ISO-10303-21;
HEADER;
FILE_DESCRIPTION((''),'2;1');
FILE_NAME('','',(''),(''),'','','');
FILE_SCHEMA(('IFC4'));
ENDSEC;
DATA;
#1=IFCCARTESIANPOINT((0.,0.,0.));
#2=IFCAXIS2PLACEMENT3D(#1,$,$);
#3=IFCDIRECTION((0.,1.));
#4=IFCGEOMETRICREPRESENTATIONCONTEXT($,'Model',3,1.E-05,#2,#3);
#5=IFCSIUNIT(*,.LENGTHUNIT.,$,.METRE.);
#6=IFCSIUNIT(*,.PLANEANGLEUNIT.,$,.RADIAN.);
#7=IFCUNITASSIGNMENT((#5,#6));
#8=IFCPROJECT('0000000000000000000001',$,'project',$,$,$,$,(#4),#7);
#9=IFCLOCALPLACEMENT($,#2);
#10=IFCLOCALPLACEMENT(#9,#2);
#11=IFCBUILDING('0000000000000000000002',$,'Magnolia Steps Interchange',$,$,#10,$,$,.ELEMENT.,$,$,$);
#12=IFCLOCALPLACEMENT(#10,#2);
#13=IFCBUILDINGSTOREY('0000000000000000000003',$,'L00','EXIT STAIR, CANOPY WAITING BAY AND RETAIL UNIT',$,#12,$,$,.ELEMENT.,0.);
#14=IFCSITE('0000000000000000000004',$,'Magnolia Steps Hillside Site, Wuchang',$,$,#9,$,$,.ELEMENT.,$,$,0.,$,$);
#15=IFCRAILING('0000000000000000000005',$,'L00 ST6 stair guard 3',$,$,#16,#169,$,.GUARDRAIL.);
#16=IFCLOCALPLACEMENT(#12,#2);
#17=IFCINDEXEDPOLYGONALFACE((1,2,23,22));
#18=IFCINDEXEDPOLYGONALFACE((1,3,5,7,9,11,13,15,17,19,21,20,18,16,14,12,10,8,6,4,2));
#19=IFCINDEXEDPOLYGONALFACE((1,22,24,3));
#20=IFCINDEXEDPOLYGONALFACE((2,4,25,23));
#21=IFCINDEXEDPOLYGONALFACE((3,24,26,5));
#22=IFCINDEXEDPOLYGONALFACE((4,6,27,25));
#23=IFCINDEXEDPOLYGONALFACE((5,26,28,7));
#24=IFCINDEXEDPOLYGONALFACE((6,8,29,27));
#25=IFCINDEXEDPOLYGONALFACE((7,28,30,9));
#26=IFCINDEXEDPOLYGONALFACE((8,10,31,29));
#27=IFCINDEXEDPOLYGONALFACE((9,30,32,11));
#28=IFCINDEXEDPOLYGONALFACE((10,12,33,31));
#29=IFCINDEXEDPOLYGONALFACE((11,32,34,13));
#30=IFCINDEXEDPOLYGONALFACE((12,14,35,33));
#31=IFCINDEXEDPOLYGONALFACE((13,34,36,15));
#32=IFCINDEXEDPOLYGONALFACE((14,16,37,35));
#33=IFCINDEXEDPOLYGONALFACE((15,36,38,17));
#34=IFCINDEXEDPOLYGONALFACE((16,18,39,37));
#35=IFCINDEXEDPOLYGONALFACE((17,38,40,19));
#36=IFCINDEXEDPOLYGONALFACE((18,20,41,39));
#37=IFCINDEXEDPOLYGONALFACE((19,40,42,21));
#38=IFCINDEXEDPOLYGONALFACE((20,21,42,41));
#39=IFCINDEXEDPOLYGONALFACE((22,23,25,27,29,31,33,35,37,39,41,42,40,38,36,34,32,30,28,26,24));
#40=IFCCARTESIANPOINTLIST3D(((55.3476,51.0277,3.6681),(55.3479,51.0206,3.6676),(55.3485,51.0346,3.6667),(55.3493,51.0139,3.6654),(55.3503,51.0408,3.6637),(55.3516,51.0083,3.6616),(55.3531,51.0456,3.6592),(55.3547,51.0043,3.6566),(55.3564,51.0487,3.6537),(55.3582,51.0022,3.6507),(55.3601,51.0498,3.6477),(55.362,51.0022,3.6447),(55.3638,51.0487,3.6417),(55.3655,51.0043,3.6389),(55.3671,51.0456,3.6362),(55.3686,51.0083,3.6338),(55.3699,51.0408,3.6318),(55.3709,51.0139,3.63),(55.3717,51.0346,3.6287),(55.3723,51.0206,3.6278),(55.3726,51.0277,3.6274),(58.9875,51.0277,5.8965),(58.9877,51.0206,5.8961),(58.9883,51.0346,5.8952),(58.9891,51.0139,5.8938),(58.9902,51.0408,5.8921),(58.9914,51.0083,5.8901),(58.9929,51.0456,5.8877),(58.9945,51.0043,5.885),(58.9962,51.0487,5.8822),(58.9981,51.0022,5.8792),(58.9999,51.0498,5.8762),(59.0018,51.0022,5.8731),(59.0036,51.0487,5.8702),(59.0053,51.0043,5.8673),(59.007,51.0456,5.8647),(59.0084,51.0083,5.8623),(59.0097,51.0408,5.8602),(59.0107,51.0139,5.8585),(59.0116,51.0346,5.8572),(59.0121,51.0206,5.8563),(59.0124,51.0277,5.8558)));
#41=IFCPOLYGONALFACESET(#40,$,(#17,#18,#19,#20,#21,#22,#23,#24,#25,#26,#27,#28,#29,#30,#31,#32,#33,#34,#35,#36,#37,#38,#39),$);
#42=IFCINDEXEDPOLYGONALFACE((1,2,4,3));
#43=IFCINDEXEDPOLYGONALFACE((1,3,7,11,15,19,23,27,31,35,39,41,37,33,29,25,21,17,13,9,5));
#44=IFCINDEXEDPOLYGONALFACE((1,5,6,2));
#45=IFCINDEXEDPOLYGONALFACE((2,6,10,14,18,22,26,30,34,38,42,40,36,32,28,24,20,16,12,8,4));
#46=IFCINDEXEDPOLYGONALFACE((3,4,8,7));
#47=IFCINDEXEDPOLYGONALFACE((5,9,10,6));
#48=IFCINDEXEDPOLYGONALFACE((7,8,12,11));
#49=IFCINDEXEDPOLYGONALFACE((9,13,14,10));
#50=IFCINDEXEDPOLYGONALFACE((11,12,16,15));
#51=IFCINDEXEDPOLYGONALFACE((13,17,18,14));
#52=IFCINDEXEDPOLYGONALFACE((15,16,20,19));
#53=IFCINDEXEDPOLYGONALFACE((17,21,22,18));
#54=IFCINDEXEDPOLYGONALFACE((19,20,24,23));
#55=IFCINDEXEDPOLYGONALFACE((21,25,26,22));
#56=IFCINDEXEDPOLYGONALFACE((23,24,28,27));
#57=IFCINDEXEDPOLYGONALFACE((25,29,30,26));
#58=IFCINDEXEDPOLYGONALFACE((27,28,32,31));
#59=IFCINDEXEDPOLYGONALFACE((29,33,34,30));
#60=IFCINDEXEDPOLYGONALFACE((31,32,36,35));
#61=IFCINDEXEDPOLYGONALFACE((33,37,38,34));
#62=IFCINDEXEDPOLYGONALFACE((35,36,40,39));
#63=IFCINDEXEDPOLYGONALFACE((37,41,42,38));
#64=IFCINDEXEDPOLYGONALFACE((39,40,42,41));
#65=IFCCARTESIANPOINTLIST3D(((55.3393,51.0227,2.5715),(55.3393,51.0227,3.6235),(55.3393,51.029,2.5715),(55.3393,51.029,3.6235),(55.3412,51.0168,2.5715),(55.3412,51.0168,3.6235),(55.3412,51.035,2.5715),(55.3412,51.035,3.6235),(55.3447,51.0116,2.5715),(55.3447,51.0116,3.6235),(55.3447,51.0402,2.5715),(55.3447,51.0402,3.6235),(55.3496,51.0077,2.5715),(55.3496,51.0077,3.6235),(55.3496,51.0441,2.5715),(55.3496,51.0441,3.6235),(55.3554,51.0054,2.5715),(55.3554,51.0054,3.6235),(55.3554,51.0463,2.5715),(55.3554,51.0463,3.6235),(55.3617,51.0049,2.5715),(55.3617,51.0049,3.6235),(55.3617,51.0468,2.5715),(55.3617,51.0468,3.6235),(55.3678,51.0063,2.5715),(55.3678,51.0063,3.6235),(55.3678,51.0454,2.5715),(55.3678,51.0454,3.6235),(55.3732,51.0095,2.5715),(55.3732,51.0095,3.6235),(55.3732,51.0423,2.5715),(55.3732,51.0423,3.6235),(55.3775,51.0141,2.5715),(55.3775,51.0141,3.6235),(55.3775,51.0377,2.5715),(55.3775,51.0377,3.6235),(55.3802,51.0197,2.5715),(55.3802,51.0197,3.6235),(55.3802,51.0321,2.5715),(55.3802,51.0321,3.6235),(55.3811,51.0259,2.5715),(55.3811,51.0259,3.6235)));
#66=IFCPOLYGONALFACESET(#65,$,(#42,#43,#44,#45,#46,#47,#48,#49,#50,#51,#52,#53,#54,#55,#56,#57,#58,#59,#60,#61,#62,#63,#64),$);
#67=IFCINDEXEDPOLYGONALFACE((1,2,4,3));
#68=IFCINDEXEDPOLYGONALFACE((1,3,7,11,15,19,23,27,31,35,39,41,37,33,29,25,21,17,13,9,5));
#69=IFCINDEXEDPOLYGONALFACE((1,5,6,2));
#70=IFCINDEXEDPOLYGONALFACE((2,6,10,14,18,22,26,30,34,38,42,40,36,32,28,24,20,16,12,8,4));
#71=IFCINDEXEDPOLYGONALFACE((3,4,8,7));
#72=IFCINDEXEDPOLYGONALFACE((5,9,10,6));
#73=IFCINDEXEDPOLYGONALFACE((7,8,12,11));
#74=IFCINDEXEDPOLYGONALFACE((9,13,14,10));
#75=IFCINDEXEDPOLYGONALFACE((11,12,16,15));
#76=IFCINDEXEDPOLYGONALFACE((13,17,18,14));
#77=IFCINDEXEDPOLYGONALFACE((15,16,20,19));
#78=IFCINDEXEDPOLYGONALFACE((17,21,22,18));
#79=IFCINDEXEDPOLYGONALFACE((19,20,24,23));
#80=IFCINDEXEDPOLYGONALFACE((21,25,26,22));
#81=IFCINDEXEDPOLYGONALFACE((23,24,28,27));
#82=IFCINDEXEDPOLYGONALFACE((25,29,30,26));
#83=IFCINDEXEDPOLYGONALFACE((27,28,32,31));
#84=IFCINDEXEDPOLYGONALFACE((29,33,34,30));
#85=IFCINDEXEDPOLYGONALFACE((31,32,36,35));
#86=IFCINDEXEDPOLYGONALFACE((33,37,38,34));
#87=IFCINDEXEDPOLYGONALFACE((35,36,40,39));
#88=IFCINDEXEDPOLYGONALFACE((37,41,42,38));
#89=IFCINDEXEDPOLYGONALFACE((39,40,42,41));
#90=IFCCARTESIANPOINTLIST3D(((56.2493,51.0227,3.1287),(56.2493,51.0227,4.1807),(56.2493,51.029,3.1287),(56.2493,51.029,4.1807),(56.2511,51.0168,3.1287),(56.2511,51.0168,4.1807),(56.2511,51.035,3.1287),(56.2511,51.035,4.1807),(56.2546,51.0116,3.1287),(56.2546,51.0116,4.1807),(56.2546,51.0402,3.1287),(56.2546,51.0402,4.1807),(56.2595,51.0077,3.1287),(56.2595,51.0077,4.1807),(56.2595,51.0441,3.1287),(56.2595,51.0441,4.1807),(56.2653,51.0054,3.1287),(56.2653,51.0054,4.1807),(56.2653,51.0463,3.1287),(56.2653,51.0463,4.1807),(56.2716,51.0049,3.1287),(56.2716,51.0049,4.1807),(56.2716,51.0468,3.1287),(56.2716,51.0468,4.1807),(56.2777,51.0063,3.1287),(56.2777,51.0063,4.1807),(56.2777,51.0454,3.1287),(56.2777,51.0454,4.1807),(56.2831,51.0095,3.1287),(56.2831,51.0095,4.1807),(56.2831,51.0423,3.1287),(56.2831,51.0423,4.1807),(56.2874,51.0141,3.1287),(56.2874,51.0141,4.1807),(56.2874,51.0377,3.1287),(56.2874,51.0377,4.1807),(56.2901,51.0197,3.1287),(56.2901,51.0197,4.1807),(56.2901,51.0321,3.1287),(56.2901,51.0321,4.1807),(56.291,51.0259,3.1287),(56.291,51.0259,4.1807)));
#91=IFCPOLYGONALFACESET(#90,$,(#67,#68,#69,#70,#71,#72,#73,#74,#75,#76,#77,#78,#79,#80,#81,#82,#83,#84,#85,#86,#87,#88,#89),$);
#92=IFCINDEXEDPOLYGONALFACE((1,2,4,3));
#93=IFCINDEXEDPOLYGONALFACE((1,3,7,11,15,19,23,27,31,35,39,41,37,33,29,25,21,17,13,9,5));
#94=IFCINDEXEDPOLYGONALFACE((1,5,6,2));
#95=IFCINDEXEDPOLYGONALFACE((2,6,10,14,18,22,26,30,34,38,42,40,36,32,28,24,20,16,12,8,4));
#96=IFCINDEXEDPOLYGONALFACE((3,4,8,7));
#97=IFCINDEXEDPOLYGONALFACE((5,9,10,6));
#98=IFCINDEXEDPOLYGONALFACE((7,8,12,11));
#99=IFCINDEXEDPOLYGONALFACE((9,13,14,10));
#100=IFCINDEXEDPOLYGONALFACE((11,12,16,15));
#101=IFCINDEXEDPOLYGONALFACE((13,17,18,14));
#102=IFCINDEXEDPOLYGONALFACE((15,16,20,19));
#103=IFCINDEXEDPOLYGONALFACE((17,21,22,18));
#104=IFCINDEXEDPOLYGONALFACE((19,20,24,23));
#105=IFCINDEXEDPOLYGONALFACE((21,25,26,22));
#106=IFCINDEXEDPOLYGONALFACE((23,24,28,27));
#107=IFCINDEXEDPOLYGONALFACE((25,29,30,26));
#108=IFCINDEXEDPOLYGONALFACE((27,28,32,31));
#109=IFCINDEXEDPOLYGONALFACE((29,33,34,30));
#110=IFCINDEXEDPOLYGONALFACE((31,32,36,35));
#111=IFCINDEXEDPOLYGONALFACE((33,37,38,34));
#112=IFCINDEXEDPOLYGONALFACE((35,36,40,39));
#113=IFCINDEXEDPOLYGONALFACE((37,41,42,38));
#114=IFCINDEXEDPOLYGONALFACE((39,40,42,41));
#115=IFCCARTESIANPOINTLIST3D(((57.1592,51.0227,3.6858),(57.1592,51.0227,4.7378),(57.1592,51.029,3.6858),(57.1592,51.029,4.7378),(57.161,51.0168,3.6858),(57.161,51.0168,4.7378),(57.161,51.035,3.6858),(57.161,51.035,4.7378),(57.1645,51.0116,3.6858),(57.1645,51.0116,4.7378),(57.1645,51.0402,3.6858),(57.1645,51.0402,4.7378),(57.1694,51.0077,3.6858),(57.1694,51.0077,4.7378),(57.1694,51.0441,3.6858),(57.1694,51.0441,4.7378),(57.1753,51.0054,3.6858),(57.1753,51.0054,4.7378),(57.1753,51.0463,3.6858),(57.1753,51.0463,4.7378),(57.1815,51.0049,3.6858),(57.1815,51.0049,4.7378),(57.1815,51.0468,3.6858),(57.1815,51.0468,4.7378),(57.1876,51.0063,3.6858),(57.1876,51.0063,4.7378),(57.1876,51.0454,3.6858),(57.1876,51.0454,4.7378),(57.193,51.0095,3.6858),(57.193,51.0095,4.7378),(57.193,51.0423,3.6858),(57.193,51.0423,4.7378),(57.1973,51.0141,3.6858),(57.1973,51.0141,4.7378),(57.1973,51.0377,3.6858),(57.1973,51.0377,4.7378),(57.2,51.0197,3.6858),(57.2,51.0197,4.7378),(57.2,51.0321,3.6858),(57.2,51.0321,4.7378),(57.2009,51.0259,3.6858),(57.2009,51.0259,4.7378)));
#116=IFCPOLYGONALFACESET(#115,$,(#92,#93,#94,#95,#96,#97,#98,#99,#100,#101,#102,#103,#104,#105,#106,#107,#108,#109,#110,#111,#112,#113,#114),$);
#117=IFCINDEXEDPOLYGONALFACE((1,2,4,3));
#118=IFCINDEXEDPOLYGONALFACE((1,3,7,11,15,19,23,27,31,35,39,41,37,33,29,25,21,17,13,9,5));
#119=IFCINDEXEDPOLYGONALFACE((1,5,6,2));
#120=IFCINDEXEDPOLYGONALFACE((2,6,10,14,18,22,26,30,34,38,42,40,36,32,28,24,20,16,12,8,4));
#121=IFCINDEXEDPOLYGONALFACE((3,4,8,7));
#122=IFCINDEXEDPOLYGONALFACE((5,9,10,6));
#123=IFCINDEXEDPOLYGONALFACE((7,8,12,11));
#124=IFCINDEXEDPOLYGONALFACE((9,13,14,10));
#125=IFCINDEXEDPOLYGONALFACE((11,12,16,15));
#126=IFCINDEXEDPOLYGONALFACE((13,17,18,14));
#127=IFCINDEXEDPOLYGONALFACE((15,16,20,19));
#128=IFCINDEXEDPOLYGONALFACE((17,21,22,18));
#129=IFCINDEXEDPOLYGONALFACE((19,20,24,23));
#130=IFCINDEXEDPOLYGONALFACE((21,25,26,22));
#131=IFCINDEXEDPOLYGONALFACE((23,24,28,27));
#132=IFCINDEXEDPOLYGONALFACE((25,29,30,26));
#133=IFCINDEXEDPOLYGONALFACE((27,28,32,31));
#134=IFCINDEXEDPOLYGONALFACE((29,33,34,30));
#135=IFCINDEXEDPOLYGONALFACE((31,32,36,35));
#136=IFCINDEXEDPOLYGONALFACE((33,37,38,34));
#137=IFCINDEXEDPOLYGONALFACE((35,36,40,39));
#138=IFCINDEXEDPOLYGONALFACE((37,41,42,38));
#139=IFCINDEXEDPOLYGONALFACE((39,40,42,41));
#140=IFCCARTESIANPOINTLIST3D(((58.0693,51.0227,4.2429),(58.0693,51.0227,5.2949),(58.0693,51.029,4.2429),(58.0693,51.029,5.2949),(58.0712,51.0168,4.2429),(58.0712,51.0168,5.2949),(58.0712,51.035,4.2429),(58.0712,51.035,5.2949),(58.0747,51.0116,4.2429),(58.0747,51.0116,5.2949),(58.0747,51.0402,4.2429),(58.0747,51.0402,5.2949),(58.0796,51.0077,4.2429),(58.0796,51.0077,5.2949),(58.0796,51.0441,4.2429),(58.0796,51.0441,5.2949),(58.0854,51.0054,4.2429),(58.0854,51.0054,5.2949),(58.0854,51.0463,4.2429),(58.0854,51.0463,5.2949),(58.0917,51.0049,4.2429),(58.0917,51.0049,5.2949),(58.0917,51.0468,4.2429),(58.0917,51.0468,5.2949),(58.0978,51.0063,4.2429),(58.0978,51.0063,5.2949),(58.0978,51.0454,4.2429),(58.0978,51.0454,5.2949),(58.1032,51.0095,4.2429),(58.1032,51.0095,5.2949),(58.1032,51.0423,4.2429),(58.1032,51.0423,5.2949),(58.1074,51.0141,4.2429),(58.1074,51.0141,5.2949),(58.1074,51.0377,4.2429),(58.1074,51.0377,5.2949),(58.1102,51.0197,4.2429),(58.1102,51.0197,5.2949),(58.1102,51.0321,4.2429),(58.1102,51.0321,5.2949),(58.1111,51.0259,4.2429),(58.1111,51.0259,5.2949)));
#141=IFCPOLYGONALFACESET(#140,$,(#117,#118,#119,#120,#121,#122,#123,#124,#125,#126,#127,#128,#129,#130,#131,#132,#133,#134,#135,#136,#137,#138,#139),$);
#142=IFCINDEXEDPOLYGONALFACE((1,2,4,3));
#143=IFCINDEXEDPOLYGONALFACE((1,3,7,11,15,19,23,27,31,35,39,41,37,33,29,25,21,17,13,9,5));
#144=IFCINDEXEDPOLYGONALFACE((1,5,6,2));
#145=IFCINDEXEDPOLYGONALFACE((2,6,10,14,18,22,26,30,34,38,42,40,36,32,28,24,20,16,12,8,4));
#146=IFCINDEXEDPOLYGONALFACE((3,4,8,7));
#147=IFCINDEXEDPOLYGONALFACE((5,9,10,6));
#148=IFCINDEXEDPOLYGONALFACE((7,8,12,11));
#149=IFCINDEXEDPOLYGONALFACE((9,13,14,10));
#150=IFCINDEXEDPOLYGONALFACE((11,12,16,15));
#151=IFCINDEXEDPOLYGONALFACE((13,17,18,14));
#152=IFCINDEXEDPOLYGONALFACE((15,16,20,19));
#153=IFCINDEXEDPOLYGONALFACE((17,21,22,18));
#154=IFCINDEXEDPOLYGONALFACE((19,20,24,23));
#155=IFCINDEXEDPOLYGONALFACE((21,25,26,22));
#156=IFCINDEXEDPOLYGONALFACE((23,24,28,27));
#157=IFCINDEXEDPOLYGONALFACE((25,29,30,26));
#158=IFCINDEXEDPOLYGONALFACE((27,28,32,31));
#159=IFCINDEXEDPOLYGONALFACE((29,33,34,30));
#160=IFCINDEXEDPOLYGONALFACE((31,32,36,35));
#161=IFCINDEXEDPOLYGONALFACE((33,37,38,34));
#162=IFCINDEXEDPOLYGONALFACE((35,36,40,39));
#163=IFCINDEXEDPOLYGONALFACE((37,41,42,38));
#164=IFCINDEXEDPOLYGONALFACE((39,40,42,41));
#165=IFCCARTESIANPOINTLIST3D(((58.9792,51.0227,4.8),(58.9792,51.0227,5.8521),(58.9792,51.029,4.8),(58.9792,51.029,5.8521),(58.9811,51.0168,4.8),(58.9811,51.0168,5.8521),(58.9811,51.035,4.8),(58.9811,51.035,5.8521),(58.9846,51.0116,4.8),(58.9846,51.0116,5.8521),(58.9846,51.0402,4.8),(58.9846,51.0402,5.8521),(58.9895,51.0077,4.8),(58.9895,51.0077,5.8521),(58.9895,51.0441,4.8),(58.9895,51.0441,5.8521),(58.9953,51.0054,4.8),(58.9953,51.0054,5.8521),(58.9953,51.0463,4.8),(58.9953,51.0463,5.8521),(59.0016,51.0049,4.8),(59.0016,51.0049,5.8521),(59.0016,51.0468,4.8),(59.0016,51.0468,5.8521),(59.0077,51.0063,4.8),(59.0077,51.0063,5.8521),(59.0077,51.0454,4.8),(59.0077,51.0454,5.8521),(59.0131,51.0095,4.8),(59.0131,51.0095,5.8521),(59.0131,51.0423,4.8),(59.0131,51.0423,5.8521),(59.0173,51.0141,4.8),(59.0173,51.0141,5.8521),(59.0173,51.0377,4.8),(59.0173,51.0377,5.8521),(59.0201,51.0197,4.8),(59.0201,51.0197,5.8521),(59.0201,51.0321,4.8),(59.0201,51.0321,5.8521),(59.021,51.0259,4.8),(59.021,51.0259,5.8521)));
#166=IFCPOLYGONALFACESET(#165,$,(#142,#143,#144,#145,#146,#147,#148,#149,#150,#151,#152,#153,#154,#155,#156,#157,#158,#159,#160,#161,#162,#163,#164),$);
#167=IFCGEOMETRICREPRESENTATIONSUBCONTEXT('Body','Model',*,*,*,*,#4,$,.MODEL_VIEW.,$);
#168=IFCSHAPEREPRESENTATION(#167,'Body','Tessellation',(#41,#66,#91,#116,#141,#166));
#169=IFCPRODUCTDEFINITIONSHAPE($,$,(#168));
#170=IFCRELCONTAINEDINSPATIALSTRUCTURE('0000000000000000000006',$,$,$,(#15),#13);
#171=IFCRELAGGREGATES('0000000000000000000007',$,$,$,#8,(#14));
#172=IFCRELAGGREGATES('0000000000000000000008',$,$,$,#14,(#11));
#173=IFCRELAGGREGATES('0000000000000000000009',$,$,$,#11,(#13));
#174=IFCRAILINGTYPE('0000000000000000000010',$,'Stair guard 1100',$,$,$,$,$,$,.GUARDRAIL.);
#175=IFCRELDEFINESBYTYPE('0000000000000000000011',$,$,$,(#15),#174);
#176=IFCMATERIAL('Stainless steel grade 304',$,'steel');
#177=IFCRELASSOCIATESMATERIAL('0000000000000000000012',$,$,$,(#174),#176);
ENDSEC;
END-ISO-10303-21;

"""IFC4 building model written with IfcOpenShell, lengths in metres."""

from ifc_helpers import new_model, si_unit, direction, frame, origin, origin_2d, place, context, subcontext, project, spatial, circle, extrude, material, type_object, element, save


model = new_model("IFC4")

# Units and contexts
model_context = context("Model", 3, precision=1e-05, world=origin(), true_north=direction((0.0, 1.0)))
body_context = subcontext(model_context, "Body", "Model", "MODEL_VIEW")
ifc_project = project(units=[si_unit("LENGTHUNIT", "METRE"), si_unit("PLANEANGLEUNIT", "RADIAN")], contexts=[model_context])

# Site, building, storey
site_placement = place(None, origin())
site = spatial("IfcSite", under=ifc_project, at=site_placement, Name="Magnolia Steps Hillside Site, Wuchang", CompositionType="ELEMENT", RefElevation=0.0)
building_placement = place(site_placement, origin())
building = spatial("IfcBuilding", under=site, at=building_placement, Name="Magnolia Steps Interchange", CompositionType="ELEMENT")
storey_placement = place(building_placement, origin())
storey = spatial("IfcBuildingStorey", under=building, at=storey_placement, Name="L00", Description="EXIT STAIR, CANOPY WAITING BAY AND RETAIL UNIT", CompositionType="ELEMENT", Elevation=0.0)

# Railing
ifc_material_1 = material(Name="Stainless steel grade 304", Category="steel")
railing_type_1 = type_object("IfcRailingType", Name="Stair guard 1100", PredefinedType="GUARDRAIL", material=ifc_material_1)
railing_1_placement = place(storey_placement, frame((55.3601, 51.0259, 2.5715)))
element("IfcRailing", 1, at=railing_1_placement, inside=storey, type_object=railing_type_1, Name="L00 ST6 stair guard 3", PredefinedType="GUARDRAIL", context=body_context, shape_type="SweptSolid", body=[
    extrude(circle(Radius=0.0239, at=origin_2d()), frame((0.0, 0.0, 1.0762), z_axis=(0.85285, 0.0, 0.522156), x_axis=(0.0, 1.0, 0.0)), (0.0, 0.0, 1.0), 4.2678),
    extrude(circle(Radius=0.021, at=origin_2d()), origin(), (0.0, 0.0, 1.0), 1.052),
    extrude(circle(Radius=0.021, at=origin_2d()), frame((0.9099, 0.0, 0.5571)), (0.0, 0.0, 1.0), 1.052),
    extrude(circle(Radius=0.021, at=origin_2d()), frame((1.8198, 0.0, 1.1143)), (0.0, 0.0, 1.0), 1.052),
    extrude(circle(Radius=0.021, at=origin_2d()), frame((2.73, 0.0, 1.6714)), (0.0, 0.0, 1.0), 1.052),
    extrude(circle(Radius=0.021, at=origin_2d()), frame((3.6399, 0.0, 2.2285)), (0.0, 0.0, 1.0), 1.052),
])

save(model, "model.ifc")
